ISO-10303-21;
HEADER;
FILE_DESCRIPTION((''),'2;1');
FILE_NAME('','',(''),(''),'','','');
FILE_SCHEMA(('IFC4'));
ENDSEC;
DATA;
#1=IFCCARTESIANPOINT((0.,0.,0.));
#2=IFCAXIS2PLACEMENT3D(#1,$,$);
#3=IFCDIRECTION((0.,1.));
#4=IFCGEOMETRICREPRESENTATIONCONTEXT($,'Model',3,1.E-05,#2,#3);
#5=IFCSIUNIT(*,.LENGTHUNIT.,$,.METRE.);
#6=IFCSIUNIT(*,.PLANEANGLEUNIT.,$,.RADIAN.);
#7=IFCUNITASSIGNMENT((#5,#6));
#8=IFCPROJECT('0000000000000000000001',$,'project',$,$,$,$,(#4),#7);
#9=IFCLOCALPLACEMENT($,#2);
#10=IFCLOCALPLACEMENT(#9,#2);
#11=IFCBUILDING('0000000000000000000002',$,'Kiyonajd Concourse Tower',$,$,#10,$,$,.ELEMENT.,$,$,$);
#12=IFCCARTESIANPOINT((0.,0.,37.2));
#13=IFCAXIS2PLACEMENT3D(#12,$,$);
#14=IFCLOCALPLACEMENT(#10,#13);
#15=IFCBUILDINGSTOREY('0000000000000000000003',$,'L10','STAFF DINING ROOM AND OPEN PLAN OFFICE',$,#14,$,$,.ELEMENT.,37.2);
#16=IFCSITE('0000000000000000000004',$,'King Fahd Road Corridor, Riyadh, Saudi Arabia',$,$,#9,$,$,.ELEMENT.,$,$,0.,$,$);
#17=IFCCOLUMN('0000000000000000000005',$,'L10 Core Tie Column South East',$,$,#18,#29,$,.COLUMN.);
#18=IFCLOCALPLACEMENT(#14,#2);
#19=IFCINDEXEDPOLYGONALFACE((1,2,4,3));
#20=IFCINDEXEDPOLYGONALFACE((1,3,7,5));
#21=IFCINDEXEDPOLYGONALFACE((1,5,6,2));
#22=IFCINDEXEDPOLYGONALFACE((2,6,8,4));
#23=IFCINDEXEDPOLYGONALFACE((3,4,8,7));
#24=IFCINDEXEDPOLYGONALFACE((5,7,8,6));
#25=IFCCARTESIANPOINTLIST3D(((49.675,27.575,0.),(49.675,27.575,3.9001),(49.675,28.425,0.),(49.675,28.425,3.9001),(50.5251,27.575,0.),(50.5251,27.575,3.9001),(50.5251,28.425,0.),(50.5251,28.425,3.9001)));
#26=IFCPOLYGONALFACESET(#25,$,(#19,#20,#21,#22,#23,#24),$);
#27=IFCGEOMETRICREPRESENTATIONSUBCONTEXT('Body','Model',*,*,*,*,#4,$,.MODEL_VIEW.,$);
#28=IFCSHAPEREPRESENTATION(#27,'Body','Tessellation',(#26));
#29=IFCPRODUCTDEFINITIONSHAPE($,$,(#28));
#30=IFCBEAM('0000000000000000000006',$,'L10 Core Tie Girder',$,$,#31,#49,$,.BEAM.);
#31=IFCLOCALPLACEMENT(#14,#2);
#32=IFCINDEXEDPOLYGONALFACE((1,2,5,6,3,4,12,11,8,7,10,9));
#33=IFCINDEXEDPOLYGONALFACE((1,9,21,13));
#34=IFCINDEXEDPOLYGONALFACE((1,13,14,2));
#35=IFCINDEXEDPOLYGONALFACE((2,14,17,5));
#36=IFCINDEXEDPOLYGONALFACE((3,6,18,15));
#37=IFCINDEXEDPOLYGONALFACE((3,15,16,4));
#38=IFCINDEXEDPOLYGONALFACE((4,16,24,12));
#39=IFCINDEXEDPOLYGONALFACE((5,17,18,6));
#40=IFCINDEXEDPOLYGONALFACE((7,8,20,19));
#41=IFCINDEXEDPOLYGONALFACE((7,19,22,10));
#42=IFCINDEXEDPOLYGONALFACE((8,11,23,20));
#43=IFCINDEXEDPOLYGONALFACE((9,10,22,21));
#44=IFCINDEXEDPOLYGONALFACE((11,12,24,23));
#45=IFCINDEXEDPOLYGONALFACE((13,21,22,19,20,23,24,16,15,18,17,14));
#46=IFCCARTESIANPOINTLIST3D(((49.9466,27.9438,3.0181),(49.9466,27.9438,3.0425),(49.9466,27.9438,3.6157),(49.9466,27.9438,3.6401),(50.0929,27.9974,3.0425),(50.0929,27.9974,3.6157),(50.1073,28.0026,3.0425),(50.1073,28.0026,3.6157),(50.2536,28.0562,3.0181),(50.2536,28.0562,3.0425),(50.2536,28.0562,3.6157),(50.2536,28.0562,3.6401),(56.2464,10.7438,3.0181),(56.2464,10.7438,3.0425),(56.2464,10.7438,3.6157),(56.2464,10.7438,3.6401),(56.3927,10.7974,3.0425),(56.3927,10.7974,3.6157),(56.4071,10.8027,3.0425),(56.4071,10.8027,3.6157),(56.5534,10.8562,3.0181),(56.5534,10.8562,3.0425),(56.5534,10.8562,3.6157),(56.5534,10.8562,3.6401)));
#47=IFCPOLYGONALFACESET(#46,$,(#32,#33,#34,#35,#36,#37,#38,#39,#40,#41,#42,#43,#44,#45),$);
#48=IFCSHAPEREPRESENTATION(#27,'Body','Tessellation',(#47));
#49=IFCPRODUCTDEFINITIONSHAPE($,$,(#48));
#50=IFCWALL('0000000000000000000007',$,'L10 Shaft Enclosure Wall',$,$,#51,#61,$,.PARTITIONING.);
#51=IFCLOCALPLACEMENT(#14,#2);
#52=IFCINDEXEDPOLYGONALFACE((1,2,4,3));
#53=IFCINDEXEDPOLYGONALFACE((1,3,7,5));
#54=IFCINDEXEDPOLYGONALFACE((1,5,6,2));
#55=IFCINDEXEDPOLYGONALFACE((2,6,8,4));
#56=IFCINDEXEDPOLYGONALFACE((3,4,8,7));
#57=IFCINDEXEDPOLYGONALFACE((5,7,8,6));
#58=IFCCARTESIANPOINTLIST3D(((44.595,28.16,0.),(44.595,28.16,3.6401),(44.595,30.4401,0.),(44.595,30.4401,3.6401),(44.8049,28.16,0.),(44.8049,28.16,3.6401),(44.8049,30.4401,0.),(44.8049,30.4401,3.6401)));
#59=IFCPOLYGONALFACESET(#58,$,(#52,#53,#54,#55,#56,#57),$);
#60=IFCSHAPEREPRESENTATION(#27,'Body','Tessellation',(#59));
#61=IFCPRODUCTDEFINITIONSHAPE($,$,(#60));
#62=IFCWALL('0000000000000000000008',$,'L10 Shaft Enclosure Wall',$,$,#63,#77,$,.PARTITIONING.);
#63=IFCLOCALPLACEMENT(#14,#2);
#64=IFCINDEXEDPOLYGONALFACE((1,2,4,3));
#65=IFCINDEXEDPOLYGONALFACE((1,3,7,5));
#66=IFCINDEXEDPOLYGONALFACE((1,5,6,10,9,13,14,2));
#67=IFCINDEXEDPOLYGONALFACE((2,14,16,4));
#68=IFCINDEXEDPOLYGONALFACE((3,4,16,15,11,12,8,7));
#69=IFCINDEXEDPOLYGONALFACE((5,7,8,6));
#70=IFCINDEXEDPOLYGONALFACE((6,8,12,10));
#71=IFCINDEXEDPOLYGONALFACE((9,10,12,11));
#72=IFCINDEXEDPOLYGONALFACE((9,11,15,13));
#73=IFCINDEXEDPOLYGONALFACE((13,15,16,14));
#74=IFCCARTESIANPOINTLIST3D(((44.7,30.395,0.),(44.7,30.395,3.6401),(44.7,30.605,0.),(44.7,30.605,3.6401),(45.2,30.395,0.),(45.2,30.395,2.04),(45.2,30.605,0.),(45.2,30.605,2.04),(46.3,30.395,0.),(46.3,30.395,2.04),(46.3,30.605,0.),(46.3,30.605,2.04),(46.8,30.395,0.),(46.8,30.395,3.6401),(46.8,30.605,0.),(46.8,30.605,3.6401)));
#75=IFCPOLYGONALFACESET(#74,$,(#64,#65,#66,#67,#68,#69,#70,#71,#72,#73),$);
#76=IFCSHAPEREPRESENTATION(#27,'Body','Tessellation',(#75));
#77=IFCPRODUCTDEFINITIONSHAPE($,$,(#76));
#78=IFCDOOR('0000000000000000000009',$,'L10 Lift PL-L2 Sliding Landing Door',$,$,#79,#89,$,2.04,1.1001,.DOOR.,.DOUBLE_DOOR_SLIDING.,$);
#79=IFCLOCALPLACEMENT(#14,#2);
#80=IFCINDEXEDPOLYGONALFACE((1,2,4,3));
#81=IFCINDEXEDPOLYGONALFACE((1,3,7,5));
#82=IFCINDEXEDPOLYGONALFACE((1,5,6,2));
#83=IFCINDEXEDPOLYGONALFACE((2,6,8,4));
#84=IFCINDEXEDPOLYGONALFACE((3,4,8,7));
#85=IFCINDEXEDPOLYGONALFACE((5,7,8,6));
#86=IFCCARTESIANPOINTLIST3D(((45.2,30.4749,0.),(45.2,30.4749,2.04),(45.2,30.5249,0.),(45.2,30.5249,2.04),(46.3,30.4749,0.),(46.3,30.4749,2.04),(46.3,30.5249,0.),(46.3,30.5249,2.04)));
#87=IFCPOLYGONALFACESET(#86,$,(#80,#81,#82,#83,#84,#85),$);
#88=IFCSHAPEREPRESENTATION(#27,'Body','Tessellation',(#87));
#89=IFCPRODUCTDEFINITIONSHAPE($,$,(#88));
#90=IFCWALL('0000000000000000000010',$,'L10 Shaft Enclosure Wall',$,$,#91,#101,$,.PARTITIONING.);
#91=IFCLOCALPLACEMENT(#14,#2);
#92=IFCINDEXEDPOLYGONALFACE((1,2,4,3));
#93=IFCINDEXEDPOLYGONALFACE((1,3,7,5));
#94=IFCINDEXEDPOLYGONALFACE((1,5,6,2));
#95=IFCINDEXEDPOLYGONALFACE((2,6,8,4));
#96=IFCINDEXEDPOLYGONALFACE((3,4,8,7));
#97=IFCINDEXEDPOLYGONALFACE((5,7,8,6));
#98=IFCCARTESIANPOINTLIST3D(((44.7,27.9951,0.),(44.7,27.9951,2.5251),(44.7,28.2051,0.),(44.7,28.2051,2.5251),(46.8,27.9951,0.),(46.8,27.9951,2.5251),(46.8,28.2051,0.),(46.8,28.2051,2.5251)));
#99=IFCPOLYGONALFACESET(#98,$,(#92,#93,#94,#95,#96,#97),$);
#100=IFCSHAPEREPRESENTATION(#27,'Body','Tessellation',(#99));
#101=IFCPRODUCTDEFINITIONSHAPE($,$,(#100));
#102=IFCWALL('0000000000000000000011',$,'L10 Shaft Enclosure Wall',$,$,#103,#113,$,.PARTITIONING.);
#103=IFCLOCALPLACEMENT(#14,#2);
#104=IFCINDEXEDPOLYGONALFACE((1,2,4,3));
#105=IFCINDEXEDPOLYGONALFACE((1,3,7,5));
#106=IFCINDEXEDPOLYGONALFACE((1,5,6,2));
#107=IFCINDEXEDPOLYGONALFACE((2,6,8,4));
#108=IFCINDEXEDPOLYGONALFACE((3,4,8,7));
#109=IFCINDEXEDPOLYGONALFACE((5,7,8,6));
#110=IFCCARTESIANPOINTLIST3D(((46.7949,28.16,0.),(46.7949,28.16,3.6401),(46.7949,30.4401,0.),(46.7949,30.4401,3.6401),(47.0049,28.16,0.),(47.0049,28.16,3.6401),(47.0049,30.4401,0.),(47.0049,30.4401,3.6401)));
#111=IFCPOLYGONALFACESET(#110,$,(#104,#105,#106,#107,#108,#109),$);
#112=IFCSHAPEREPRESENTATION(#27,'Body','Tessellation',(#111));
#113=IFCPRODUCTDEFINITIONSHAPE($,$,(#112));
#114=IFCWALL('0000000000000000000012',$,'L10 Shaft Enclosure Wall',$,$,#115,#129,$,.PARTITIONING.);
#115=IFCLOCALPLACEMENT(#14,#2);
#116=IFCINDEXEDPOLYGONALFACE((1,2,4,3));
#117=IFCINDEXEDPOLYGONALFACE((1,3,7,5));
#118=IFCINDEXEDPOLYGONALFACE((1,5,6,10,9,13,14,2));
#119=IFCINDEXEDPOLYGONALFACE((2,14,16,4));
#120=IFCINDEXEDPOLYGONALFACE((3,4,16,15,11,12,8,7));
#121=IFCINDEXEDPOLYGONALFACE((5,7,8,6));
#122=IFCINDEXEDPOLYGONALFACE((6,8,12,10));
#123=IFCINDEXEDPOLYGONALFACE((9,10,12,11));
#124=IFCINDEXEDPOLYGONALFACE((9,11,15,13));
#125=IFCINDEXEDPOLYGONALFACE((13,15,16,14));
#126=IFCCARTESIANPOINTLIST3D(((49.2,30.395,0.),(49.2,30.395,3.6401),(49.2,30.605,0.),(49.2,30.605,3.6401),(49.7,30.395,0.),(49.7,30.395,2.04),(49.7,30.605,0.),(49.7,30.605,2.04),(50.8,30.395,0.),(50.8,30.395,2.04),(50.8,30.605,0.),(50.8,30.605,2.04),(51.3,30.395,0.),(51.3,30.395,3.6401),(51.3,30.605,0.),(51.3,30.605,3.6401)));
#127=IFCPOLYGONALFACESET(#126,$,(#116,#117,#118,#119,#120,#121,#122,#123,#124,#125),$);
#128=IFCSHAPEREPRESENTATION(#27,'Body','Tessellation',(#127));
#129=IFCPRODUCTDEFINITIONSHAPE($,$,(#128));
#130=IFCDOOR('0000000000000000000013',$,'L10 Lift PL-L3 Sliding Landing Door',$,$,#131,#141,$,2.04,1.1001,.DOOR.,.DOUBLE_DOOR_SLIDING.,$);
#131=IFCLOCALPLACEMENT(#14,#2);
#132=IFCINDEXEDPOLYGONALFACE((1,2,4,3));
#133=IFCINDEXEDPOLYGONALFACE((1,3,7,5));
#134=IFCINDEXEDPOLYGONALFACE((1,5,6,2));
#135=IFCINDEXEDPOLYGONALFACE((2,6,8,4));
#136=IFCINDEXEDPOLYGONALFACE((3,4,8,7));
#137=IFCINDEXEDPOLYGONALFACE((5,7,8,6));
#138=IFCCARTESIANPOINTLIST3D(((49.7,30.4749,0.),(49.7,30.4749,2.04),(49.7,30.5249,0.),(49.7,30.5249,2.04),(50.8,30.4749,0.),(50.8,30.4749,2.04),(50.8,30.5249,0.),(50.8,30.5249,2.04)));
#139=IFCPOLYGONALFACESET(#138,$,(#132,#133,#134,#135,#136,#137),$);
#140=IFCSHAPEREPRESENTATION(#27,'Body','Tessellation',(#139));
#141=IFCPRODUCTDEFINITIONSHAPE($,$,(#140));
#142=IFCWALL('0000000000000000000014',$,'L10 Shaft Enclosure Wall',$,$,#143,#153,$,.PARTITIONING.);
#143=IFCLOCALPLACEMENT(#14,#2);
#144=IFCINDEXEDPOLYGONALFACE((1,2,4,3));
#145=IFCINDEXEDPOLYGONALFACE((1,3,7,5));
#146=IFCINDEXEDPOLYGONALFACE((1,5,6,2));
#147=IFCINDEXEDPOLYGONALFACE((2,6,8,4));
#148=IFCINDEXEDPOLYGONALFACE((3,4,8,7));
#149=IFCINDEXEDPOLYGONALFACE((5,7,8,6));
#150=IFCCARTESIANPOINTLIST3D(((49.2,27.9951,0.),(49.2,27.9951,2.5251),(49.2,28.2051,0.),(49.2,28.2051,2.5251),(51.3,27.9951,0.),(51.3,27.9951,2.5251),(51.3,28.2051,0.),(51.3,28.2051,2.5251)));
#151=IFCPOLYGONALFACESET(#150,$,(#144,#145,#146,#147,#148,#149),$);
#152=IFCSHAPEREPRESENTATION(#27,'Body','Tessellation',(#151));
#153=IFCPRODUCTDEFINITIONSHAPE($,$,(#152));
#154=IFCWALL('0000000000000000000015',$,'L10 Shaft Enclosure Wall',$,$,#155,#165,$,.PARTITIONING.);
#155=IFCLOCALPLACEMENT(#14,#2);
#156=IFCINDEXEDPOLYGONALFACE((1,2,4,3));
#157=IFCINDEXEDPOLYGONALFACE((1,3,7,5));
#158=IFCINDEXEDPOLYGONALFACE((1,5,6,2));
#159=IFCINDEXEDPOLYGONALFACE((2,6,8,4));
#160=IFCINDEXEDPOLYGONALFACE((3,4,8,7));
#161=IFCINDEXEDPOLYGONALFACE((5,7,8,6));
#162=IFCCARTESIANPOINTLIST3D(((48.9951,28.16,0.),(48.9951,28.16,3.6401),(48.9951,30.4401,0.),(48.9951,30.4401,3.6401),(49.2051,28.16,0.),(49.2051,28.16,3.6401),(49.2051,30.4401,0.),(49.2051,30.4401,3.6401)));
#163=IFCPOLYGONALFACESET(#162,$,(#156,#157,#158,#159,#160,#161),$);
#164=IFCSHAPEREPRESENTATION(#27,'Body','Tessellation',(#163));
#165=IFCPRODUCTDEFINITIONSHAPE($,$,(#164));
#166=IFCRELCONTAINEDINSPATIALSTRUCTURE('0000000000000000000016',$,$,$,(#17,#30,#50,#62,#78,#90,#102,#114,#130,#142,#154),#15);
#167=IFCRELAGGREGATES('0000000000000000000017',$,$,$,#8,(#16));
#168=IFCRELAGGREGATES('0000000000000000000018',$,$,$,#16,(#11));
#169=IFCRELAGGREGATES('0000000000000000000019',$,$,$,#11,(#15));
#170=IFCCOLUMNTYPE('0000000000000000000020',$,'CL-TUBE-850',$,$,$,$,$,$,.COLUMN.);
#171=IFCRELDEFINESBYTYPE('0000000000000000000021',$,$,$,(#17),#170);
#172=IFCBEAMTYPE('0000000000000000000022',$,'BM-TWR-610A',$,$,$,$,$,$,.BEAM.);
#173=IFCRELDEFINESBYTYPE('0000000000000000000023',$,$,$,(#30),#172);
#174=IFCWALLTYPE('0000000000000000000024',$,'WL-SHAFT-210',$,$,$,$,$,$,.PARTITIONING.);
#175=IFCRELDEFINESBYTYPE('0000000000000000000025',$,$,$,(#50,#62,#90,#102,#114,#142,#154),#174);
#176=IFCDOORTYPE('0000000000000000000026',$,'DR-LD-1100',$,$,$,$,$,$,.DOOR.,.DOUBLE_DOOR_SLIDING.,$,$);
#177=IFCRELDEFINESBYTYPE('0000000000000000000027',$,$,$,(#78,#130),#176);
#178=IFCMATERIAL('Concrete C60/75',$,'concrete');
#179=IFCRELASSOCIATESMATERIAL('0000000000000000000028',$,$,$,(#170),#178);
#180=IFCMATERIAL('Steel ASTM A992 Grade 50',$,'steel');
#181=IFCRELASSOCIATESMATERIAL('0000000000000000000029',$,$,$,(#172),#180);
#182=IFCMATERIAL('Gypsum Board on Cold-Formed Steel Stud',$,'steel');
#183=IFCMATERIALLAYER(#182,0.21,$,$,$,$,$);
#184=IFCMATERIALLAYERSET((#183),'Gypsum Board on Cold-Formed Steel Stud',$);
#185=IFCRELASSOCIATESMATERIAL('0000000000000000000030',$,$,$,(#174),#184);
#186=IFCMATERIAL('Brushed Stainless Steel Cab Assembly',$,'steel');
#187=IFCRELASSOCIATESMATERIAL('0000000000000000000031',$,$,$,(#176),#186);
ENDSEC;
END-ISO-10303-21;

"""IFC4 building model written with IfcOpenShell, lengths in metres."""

from ifc_helpers import new_model, si_unit, direction, frame, frame_2d, origin, origin_2d, place, context, subcontext, project, spatial, rectangle, i_section, extrude, material, layer, layer_set, material_profile, profile_set, type_object, element, fill, save


model = new_model("IFC4")

# Units and contexts
model_context = context("Model", 3, precision=1e-05, world=origin(), true_north=direction((0.0, 1.0)))
body_context = subcontext(model_context, "Body", "Model", "MODEL_VIEW")
ifc_project = project(units=[si_unit("LENGTHUNIT", "METRE"), si_unit("PLANEANGLEUNIT", "RADIAN")], contexts=[model_context])

# Site, building, storey
site_placement = place(None, origin())
site = spatial("IfcSite", under=ifc_project, at=site_placement, Name="King Fahd Road Corridor, Riyadh, Saudi Arabia", CompositionType="ELEMENT", RefElevation=0.0)
building_placement = place(site_placement, origin())
building = spatial("IfcBuilding", under=site, at=building_placement, Name="Kiyonajd Concourse Tower", CompositionType="ELEMENT")
storey_placement = place(building_placement, frame((0.0, 0.0, 37.2)))
storey = spatial("IfcBuildingStorey", under=building, at=storey_placement, Name="L10", Description="STAFF DINING ROOM AND OPEN PLAN OFFICE", CompositionType="ELEMENT", Elevation=37.2)

# Column
ifc_material_1 = material(Name="Concrete C60/75", Category="concrete")
ifc_material_profile_1 = material_profile(ifc_material_1, rectangle(XDim=0.8501, YDim=0.8501, at=origin_2d()), Name="RC-850x850")
ifc_profile_set_1 = profile_set([ifc_material_profile_1], Name="Concrete C60/75")
column_type = type_object("IfcColumnType", Name="CL-TUBE-850", PredefinedType="COLUMN", material=ifc_profile_set_1)
column_placement = place(storey_placement, frame((50.1001, 28.0, 0.0), z_axis=(0.0, 0.0, 1.0), x_axis=(1.0, 0.0, 0.0)))
element("IfcColumn", 1, at=column_placement, inside=storey, type_object=column_type, Name="L10 Core Tie Column South East", PredefinedType="COLUMN", context=body_context, shape_type="SweptSolid", body=[
    extrude(rectangle(XDim=0.8501, YDim=0.8501, at=origin_2d()), origin(), (0.0, 0.0, 1.0), 3.9001),
])

# Beam
ifc_material_2 = material(Name="Steel ASTM A992 Grade 50", Category="steel")
ifc_material_profile_2 = material_profile(ifc_material_2, i_section(OverallWidth=0.3269, OverallDepth=0.6221, WebThickness=0.0154, FlangeThickness=0.0244, at=origin_2d()), Name="W610X195")
ifc_profile_set_2 = profile_set([ifc_material_profile_2], Name="Steel ASTM A992 Grade 50")
beam_type = type_object("IfcBeamType", Name="BM-TWR-610A", PredefinedType="BEAM", material=ifc_profile_set_2)
beam_placement = place(storey_placement, frame((50.1001, 28.0, 3.3291), z_axis=(0.343925, -0.938997, 0.0), x_axis=(0.938997, 0.343925, 0.0)))
element("IfcBeam", 2, at=beam_placement, inside=storey, type_object=beam_type, Name="L10 Core Tie Girder", PredefinedType="BEAM", context=body_context, shape_type="SweptSolid", body=[
    extrude(i_section(OverallWidth=0.3269, OverallDepth=0.6221, WebThickness=0.0154, FlangeThickness=0.0244, at=origin_2d()), origin(), (0.0, 0.0, 1.0), 18.3174),
])

# Wall
ifc_material_3 = material(Name="Gypsum Board on Cold-Formed Steel Stud", Category="steel")
ifc_layer_1 = layer(ifc_material_3, 0.21)
ifc_layer_set_1 = layer_set([ifc_layer_1], Name="Gypsum Board on Cold-Formed Steel Stud")
wall_type_1 = type_object("IfcWallType", Name="WL-SHAFT-210", PredefinedType="PARTITIONING", material=ifc_layer_set_1)
wall_1_placement = place(storey_placement, frame((44.7, 28.1599, 0.0), z_axis=(0.0, 0.0, 1.0), x_axis=(0.0, 1.0, 0.0)))
element("IfcWall", 3, at=wall_1_placement, inside=storey, type_object=wall_type_1, Name="L10 Shaft Enclosure Wall", PredefinedType="PARTITIONING", context=body_context, shape_type="SweptSolid", body=[
    extrude(rectangle(XDim=2.28, YDim=0.21, at=frame_2d((1.1401, 0.0))), origin(), (0.0, 0.0, 1.0), 3.6401),
])

# Wall, opening, door
wall_2_placement = place(storey_placement, frame((44.7, 30.5, 0.0), z_axis=(0.0, 0.0, 1.0), x_axis=(1.0, 0.0, 0.0)))
wall_2 = element("IfcWall", 4, at=wall_2_placement, inside=storey, type_object=wall_type_1, Name="L10 Shaft Enclosure Wall", PredefinedType="PARTITIONING", context=body_context, shape_type="SweptSolid", body=[
    extrude(rectangle(XDim=2.1001, YDim=0.21, at=frame_2d((1.05, 0.0))), origin(), (0.0, 0.0, 1.0), 3.6401),
])
opening_1_placement = place(wall_2_placement, frame((0.5, 0.0, 0.0)))
opening_1 = element("IfcOpeningElement", 5, at=opening_1_placement, cuts=wall_2, PredefinedType="OPENING", context=body_context, shape_type="SweptSolid", body=[
    extrude(rectangle(XDim=1.1001, YDim=2.04, at=frame_2d((0.55, 1.02))), frame((0.0, 0.115, 0.0), z_axis=(0.0, -1.0, 0.0), x_axis=(1.0, 0.0, 0.0)), (0.0, 0.0, 1.0), 0.23),
])
ifc_material_4 = material(Name="Brushed Stainless Steel Cab Assembly", Category="steel")
door_type_1 = type_object("IfcDoorType", Name="DR-LD-1100", OperationType="DOUBLE_DOOR_SLIDING", PredefinedType="DOOR", material=ifc_material_4)
door_1_placement = place(opening_1_placement, origin())
door_1 = element("IfcDoor", 6, at=door_1_placement, inside=storey, type_object=door_type_1, Name="L10 Lift PL-L2 Sliding Landing Door", OperationType="DOUBLE_DOOR_SLIDING", OverallHeight=2.04, OverallWidth=1.1001, PredefinedType="DOOR", context=body_context, shape_type="SweptSolid", body=[
    extrude(rectangle(XDim=1.1001, YDim=2.04, at=frame_2d((0.55, 1.02))), frame((0.0, 0.0249, 0.0), z_axis=(0.0, -1.0, 0.0), x_axis=(1.0, 0.0, 0.0)), (0.0, 0.0, 1.0), 0.05),
])
fill(opening_1, door_1)

# Walls
wall_3_placement = place(storey_placement, frame((44.7, 28.1001, 0.0), z_axis=(0.0, 0.0, 1.0), x_axis=(1.0, 0.0, 0.0)))
element("IfcWall", 7, at=wall_3_placement, inside=storey, type_object=wall_type_1, Name="L10 Shaft Enclosure Wall", PredefinedType="PARTITIONING", context=body_context, shape_type="SweptSolid", body=[
    extrude(rectangle(XDim=2.1001, YDim=0.21, at=frame_2d((1.05, 0.0))), origin(), (0.0, 0.0, 1.0), 2.5251),
])
wall_4_placement = place(storey_placement, frame((46.8999, 28.1599, 0.0), z_axis=(0.0, 0.0, 1.0), x_axis=(0.0, 1.0, 0.0)))
element("IfcWall", 8, at=wall_4_placement, inside=storey, type_object=wall_type_1, Name="L10 Shaft Enclosure Wall", PredefinedType="PARTITIONING", context=body_context, shape_type="SweptSolid", body=[
    extrude(rectangle(XDim=2.28, YDim=0.21, at=frame_2d((1.1401, 0.0))), origin(), (0.0, 0.0, 1.0), 3.6401),
])

# Wall, opening, door
wall_5_placement = place(storey_placement, frame((49.2, 30.5, 0.0), z_axis=(0.0, 0.0, 1.0), x_axis=(1.0, 0.0, 0.0)))
wall_5 = element("IfcWall", 9, at=wall_5_placement, inside=storey, type_object=wall_type_1, Name="L10 Shaft Enclosure Wall", PredefinedType="PARTITIONING", context=body_context, shape_type="SweptSolid", body=[
    extrude(rectangle(XDim=2.1001, YDim=0.21, at=frame_2d((1.05, 0.0))), origin(), (0.0, 0.0, 1.0), 3.6401),
])
opening_2_placement = place(wall_5_placement, frame((0.5, 0.0, 0.0)))
opening_2 = element("IfcOpeningElement", 10, at=opening_2_placement, cuts=wall_5, PredefinedType="OPENING", context=body_context, shape_type="SweptSolid", body=[
    extrude(rectangle(XDim=1.1001, YDim=2.04, at=frame_2d((0.55, 1.02))), frame((0.0, 0.115, 0.0), z_axis=(0.0, -1.0, 0.0), x_axis=(1.0, 0.0, 0.0)), (0.0, 0.0, 1.0), 0.23),
])
door_2_placement = place(opening_2_placement, origin())
door_2 = element("IfcDoor", 11, at=door_2_placement, inside=storey, type_object=door_type_1, Name="L10 Lift PL-L3 Sliding Landing Door", OperationType="DOUBLE_DOOR_SLIDING", OverallHeight=2.04, OverallWidth=1.1001, PredefinedType="DOOR", context=body_context, shape_type="SweptSolid", body=[
    extrude(rectangle(XDim=1.1001, YDim=2.04, at=frame_2d((0.55, 1.02))), frame((0.0, 0.0249, 0.0), z_axis=(0.0, -1.0, 0.0), x_axis=(1.0, 0.0, 0.0)), (0.0, 0.0, 1.0), 0.05),
])
fill(opening_2, door_2)

# Walls
wall_6_placement = place(storey_placement, frame((49.2, 28.1001, 0.0), z_axis=(0.0, 0.0, 1.0), x_axis=(1.0, 0.0, 0.0)))
element("IfcWall", 12, at=wall_6_placement, inside=storey, type_object=wall_type_1, Name="L10 Shaft Enclosure Wall", PredefinedType="PARTITIONING", context=body_context, shape_type="SweptSolid", body=[
    extrude(rectangle(XDim=2.1001, YDim=0.21, at=frame_2d((1.05, 0.0))), origin(), (0.0, 0.0, 1.0), 2.5251),
])
wall_7_placement = place(storey_placement, frame((49.1001, 28.1599, 0.0), z_axis=(0.0, 0.0, 1.0), x_axis=(0.0, 1.0, 0.0)))
element("IfcWall", 13, at=wall_7_placement, inside=storey, type_object=wall_type_1, Name="L10 Shaft Enclosure Wall", PredefinedType="PARTITIONING", context=body_context, shape_type="SweptSolid", body=[
    extrude(rectangle(XDim=2.28, YDim=0.21, at=frame_2d((1.1401, 0.0))), origin(), (0.0, 0.0, 1.0), 3.6401),
])

save(model, "model.ifc")
